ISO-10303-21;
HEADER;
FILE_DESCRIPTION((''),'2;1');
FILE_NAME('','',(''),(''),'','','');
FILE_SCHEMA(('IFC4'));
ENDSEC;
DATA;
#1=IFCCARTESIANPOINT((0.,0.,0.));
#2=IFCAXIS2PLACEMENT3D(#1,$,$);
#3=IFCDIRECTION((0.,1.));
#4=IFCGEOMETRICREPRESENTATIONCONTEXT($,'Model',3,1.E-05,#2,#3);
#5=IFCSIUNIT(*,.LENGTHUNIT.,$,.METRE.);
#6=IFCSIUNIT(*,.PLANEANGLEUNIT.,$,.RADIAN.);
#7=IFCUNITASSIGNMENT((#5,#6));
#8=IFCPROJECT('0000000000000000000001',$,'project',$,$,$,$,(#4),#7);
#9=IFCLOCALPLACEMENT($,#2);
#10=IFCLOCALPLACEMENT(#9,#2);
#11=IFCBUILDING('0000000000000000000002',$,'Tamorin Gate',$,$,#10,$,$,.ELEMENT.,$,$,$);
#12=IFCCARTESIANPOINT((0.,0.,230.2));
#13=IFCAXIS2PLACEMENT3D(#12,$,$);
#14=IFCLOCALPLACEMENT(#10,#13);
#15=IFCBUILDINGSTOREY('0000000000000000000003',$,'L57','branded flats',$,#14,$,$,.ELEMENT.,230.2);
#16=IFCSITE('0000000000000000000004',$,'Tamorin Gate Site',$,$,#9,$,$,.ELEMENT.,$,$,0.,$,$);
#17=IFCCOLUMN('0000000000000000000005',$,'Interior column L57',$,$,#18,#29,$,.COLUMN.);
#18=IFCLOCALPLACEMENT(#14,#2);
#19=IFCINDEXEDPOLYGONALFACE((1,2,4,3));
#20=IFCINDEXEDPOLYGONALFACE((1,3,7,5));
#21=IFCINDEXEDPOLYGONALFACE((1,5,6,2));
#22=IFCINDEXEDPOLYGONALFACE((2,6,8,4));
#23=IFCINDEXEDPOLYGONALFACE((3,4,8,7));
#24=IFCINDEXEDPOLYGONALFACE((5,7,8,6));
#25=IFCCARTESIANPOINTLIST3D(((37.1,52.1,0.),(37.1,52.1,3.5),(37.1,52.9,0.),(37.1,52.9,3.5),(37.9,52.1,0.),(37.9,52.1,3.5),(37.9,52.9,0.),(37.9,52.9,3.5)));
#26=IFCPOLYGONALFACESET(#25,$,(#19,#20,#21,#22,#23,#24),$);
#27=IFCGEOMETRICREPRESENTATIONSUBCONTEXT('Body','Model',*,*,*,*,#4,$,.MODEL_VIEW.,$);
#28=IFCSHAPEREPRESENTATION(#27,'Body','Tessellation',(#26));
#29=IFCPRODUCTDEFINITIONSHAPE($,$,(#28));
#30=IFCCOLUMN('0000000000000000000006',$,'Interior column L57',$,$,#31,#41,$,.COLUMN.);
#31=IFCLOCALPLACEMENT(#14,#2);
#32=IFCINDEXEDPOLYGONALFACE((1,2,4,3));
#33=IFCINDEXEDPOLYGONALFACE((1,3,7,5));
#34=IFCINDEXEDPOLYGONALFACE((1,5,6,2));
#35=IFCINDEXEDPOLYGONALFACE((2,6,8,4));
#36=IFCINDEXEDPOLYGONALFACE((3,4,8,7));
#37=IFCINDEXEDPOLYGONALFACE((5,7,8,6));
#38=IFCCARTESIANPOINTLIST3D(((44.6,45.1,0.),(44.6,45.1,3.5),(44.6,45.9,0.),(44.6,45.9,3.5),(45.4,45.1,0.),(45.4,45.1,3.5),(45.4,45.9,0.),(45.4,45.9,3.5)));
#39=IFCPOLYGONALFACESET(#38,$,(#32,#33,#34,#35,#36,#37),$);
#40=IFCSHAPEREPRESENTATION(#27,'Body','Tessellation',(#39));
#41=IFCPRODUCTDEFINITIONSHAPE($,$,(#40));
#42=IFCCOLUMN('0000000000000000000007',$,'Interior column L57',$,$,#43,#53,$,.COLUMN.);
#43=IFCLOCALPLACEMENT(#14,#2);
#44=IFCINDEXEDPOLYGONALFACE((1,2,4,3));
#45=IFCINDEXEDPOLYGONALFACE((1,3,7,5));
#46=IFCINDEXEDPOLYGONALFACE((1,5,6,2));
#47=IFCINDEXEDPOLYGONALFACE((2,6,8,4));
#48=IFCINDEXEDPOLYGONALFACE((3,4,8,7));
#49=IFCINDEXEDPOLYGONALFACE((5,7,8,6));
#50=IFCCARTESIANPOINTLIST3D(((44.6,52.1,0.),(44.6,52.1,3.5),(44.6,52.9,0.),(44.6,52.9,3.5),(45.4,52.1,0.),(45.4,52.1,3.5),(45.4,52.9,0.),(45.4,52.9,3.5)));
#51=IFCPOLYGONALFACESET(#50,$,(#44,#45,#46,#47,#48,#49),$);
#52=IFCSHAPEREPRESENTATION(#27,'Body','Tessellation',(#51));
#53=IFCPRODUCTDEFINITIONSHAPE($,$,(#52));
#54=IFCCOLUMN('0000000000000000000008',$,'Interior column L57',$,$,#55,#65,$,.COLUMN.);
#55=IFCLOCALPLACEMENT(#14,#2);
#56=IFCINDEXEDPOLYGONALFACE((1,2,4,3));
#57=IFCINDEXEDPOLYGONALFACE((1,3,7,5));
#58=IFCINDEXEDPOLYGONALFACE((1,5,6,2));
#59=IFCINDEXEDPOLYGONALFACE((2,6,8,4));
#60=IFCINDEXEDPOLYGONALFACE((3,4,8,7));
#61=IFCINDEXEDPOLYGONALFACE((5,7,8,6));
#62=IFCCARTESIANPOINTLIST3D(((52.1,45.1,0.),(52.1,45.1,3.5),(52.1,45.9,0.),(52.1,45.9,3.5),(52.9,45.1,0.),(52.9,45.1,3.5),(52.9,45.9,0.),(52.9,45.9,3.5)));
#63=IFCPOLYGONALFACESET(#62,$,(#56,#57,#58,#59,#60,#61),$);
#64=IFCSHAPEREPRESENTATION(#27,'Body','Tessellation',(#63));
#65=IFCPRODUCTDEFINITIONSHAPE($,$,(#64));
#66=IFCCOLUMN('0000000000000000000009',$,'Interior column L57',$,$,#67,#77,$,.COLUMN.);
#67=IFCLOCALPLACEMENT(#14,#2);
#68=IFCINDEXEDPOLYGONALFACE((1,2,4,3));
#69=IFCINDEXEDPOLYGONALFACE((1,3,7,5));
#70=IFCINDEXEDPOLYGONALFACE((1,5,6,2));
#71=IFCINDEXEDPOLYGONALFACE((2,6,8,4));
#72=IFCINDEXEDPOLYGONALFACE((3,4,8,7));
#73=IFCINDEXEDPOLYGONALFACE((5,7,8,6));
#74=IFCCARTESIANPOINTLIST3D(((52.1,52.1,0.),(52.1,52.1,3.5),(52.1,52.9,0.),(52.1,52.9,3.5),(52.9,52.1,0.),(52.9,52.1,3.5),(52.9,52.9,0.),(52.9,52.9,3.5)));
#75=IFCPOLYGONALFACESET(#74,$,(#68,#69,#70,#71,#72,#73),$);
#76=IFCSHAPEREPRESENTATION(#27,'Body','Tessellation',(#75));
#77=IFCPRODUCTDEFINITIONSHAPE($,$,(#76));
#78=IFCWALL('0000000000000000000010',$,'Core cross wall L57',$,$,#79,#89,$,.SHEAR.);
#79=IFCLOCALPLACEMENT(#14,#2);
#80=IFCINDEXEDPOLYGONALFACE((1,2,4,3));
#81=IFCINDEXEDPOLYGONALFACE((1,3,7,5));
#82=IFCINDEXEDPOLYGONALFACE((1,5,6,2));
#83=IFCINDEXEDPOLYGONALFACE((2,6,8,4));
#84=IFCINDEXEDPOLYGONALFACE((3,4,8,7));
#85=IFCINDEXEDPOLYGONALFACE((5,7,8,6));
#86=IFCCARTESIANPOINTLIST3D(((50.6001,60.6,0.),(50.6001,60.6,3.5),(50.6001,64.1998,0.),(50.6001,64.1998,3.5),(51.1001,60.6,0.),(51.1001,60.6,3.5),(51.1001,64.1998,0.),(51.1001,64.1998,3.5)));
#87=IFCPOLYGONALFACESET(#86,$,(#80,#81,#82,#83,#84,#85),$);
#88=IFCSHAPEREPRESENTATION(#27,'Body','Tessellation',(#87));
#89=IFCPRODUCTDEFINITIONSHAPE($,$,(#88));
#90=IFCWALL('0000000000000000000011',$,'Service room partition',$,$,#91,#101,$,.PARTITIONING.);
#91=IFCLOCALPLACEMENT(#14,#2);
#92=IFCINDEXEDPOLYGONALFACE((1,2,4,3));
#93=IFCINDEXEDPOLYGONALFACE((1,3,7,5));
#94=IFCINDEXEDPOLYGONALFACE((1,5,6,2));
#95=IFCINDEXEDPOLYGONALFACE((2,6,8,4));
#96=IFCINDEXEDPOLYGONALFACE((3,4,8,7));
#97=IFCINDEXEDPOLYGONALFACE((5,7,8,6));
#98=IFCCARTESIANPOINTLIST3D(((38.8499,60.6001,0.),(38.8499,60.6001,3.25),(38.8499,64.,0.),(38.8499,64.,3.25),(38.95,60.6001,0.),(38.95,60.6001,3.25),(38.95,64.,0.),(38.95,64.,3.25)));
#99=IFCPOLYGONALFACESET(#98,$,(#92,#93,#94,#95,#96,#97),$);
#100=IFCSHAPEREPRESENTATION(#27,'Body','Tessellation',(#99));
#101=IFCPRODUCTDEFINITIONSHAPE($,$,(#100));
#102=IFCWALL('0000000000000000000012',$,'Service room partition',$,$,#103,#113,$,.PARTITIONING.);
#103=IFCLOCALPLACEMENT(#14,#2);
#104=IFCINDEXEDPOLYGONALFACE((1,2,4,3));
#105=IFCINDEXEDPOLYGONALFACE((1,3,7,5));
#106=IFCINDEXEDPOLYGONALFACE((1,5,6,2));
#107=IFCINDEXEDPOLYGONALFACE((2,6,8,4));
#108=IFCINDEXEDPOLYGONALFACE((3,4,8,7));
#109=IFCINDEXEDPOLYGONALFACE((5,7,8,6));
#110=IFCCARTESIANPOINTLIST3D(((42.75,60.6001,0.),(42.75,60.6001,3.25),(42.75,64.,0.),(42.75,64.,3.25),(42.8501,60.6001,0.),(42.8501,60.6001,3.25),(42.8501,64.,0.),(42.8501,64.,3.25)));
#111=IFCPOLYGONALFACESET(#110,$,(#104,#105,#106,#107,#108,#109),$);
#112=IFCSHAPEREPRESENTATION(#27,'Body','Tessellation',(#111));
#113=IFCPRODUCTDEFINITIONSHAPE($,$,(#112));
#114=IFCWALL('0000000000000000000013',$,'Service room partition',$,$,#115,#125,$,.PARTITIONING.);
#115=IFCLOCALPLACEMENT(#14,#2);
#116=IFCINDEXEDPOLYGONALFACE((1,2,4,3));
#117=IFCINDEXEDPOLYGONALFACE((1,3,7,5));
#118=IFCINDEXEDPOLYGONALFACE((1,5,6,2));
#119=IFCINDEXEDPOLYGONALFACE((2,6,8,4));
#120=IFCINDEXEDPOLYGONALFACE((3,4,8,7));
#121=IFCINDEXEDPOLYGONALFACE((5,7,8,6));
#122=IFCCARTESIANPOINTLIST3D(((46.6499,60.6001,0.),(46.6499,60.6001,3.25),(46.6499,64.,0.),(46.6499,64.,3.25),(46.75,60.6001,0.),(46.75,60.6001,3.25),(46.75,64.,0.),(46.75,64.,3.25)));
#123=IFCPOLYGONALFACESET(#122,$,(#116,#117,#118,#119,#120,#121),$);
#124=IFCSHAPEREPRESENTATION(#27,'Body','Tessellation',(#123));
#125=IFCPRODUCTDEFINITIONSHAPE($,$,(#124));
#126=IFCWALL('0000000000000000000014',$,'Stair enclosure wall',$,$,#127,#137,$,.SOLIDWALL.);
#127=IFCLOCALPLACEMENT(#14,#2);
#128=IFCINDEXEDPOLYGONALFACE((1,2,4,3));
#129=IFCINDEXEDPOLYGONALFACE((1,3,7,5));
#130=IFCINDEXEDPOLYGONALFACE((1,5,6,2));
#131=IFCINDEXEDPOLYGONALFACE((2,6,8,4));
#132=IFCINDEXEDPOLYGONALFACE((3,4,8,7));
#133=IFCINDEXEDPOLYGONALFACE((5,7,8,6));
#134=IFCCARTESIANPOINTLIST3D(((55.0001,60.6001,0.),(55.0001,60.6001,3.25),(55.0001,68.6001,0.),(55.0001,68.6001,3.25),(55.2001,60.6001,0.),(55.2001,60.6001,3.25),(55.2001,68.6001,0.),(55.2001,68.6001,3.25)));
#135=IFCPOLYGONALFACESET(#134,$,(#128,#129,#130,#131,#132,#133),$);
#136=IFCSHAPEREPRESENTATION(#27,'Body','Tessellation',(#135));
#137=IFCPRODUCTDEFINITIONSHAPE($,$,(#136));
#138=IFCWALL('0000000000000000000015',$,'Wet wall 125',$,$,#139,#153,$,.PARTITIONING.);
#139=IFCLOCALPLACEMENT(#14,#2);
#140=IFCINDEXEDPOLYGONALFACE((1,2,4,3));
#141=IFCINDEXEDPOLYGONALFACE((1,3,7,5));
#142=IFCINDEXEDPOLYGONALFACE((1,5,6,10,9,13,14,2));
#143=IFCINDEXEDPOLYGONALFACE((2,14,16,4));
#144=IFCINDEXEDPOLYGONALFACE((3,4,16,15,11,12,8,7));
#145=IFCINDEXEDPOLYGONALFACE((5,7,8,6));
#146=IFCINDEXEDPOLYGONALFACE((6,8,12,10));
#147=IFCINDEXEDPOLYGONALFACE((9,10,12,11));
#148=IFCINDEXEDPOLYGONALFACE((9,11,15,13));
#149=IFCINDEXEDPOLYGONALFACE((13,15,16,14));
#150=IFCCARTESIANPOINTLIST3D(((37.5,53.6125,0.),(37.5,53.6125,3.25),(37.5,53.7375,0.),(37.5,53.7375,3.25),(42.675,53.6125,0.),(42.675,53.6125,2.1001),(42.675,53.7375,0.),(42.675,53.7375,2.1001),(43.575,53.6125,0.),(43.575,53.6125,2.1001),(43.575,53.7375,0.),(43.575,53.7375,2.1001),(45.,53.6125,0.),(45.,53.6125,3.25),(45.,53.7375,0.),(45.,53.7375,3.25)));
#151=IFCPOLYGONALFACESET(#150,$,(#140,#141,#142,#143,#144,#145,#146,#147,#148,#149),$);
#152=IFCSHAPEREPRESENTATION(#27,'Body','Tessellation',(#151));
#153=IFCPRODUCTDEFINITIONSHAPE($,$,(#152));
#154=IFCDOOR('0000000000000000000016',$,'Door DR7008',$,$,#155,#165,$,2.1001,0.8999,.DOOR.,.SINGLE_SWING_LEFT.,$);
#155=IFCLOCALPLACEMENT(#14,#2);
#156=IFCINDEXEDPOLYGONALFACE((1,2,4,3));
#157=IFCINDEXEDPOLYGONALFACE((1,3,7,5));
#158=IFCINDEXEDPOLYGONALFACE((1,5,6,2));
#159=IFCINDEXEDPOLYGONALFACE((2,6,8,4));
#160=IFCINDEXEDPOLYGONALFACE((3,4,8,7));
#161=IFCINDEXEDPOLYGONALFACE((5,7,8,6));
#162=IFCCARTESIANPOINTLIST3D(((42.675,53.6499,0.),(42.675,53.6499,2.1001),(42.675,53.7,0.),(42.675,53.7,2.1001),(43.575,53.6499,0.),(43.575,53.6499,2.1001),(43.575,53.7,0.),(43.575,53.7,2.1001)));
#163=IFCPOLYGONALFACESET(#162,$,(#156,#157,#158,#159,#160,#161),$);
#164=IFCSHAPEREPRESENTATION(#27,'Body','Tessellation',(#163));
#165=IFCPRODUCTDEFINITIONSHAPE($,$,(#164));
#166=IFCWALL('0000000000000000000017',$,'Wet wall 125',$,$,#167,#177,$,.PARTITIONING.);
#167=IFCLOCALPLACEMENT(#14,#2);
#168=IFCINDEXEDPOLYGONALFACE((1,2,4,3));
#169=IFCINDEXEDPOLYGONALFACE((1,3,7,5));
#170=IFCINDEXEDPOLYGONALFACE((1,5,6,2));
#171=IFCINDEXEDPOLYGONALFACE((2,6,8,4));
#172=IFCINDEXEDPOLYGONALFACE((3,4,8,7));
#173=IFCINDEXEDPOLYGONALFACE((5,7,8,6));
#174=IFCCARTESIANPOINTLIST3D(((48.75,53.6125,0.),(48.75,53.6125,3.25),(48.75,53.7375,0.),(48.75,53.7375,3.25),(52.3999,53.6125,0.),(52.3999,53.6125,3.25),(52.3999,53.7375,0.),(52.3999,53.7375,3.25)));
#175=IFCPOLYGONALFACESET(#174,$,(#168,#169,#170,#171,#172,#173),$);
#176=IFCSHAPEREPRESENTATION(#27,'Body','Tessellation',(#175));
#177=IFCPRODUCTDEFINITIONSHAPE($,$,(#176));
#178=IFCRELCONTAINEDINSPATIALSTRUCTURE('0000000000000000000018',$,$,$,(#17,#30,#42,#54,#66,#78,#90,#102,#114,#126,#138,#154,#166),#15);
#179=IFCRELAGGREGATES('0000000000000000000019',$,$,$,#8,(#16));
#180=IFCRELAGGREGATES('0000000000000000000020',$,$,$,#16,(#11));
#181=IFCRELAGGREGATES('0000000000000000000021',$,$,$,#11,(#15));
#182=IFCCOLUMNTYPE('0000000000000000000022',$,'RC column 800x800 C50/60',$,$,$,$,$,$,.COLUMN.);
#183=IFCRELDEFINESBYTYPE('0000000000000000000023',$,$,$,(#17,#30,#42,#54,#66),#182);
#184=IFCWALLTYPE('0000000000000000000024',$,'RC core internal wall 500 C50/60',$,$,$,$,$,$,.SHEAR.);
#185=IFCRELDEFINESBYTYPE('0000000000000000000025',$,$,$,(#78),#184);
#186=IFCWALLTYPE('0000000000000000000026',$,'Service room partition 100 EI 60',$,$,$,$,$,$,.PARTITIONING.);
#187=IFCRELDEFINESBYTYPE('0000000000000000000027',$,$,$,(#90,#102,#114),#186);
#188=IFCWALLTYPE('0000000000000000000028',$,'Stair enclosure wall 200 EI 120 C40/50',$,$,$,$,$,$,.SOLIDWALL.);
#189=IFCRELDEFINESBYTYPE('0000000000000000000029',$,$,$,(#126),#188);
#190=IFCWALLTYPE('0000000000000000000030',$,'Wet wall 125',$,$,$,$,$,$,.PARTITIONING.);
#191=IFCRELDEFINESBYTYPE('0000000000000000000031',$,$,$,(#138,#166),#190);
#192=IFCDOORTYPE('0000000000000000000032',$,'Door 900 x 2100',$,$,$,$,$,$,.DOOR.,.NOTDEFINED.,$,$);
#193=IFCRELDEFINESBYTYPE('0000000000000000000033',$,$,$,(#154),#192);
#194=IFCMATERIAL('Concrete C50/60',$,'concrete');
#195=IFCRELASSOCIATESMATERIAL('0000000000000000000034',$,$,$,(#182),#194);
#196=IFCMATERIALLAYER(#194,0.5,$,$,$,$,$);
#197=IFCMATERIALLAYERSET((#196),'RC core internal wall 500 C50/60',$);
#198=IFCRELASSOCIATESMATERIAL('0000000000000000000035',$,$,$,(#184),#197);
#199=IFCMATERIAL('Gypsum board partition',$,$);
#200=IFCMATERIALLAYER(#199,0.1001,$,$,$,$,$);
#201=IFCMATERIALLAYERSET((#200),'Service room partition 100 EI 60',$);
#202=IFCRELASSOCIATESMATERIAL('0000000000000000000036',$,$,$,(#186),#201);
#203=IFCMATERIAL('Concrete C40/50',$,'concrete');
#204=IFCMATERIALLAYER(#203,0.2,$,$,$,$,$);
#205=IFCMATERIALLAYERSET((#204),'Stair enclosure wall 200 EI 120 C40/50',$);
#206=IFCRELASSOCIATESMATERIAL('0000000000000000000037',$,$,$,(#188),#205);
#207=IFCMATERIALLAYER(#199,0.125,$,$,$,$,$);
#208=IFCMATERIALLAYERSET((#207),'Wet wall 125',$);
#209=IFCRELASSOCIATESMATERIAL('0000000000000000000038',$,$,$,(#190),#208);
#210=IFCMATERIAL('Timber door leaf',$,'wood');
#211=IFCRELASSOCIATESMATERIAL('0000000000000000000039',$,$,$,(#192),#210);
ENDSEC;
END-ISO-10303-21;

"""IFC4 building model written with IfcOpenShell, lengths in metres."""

from ifc_helpers import new_model, si_unit, direction, frame, frame_2d, origin, origin_2d, place, context, subcontext, project, spatial, rectangle, extrude, material, layer, layer_set, material_profile, profile_set, type_object, element, fill, save


model = new_model("IFC4")

# Units and contexts
model_context = context("Model", 3, precision=1e-05, world=origin(), true_north=direction((0.0, 1.0)))
body_context = subcontext(model_context, "Body", "Model", "MODEL_VIEW")
ifc_project = project(units=[si_unit("LENGTHUNIT", "METRE"), si_unit("PLANEANGLEUNIT", "RADIAN")], contexts=[model_context])

# Site, building, storey
site_placement = place(None, origin())
site = spatial("IfcSite", under=ifc_project, at=site_placement, Name="Tamorin Gate Site", CompositionType="ELEMENT", RefElevation=0.0)
building_placement = place(site_placement, origin())
building = spatial("IfcBuilding", under=site, at=building_placement, Name="Tamorin Gate", CompositionType="ELEMENT")
storey_placement = place(building_placement, frame((0.0, 0.0, 230.2)))
storey = spatial("IfcBuildingStorey", under=building, at=storey_placement, Name="L57", Description="branded flats", CompositionType="ELEMENT", Elevation=230.2)

# Columns
ifc_material_1 = material(Name="Concrete C50/60", Category="concrete")
ifc_material_profile = material_profile(ifc_material_1, rectangle(XDim=0.8, YDim=0.8, at=origin_2d()), Name="RC 800x800")
ifc_profile_set = profile_set([ifc_material_profile], Name="Concrete C50/60")
column_type = type_object("IfcColumnType", Name="RC column 800x800 C50/60", PredefinedType="COLUMN", material=ifc_profile_set)
for number, where, z_axis, x_axis, name in (
    (1, (37.5, 52.5, 0.0), (0.0, 0.0, 1.0), (1.0, 0.0, 0.0), "Interior column L57"),
    (2, (45.0, 45.5, 0.0), (0.0, 0.0, 1.0), (1.0, 0.0, 0.0), "Interior column L57"),
    (3, (45.0, 52.5, 0.0), (0.0, 0.0, 1.0), (1.0, 0.0, 0.0), "Interior column L57"),
    (4, (52.5, 45.5, 0.0), (0.0, 0.0, 1.0), (1.0, 0.0, 0.0), "Interior column L57"),
    (5, (52.5, 52.5, 0.0), (0.0, 0.0, 1.0), (1.0, 0.0, 0.0), "Interior column L57"),
):
    element("IfcColumn", number, at=place(storey_placement, frame(where, z_axis=z_axis, x_axis=x_axis)), inside=storey, type_object=column_type, Name=name, PredefinedType="COLUMN", context=body_context, shape_type="SweptSolid", body=[
        extrude(rectangle(XDim=0.8, YDim=0.8, at=origin_2d()), origin(), (0.0, 0.0, 1.0), 3.5),
    ])

# Walls
ifc_layer_1 = layer(ifc_material_1, 0.5)
ifc_layer_set_1 = layer_set([ifc_layer_1], Name="RC core internal wall 500 C50/60")
wall_type_1 = type_object("IfcWallType", Name="RC core internal wall 500 C50/60", PredefinedType="SHEAR", material=ifc_layer_set_1)
wall_1_placement = place(storey_placement, frame((50.8501, 60.6001, 0.0), z_axis=(0.0, 0.0, 1.0), x_axis=(0.0, 1.0, 0.0)))
element("IfcWall", 6, at=wall_1_placement, inside=storey, type_object=wall_type_1, Name="Core cross wall L57", PredefinedType="SHEAR", context=body_context, shape_type="SweptSolid", body=[
    extrude(rectangle(XDim=3.5999, YDim=0.5, at=frame_2d((1.7998, 0.0))), origin(), (0.0, 0.0, 1.0), 3.5),
])
ifc_material_2 = material(Name="Gypsum board partition")
ifc_layer_2 = layer(ifc_material_2, 0.1001)
ifc_layer_set_2 = layer_set([ifc_layer_2], Name="Service room partition 100 EI 60")
wall_type_2 = type_object("IfcWallType", Name="Service room partition 100 EI 60", PredefinedType="PARTITIONING", material=ifc_layer_set_2)
for number, where, z_axis, x_axis, name in (
    (7, (38.8999, 60.6001, 0.0), (0.0, 0.0, 1.0), (0.0, 1.0, 0.0), "Service room partition"),
    (8, (42.8, 60.6001, 0.0), (0.0, 0.0, 1.0), (0.0, 1.0, 0.0), "Service room partition"),
    (9, (46.7, 60.6001, 0.0), (0.0, 0.0, 1.0), (0.0, 1.0, 0.0), "Service room partition"),
):
    element("IfcWall", number, at=place(storey_placement, frame(where, z_axis=z_axis, x_axis=x_axis)), inside=storey, type_object=wall_type_2, Name=name, PredefinedType="PARTITIONING", context=body_context, shape_type="SweptSolid", body=[
        extrude(rectangle(XDim=3.3999, YDim=0.1001, at=frame_2d((1.7, 0.0))), origin(), (0.0, 0.0, 1.0), 3.25),
    ])
ifc_material_3 = material(Name="Concrete C40/50", Category="concrete")
ifc_layer_3 = layer(ifc_material_3, 0.2)
ifc_layer_set_3 = layer_set([ifc_layer_3], Name="Stair enclosure wall 200 EI 120 C40/50")
wall_type_3 = type_object("IfcWallType", Name="Stair enclosure wall 200 EI 120 C40/50", PredefinedType="SOLIDWALL", material=ifc_layer_set_3)
wall_2_placement = place(storey_placement, frame((55.1001, 60.6001, 0.0), z_axis=(0.0, 0.0, 1.0), x_axis=(0.0, 1.0, 0.0)))
element("IfcWall", 10, at=wall_2_placement, inside=storey, type_object=wall_type_3, Name="Stair enclosure wall", PredefinedType="SOLIDWALL", context=body_context, shape_type="SweptSolid", body=[
    extrude(rectangle(XDim=8.0, YDim=0.2, at=frame_2d((4.0, 0.0))), origin(), (0.0, 0.0, 1.0), 3.25),
])

# Wall, opening, door
ifc_layer_4 = layer(ifc_material_2, 0.125)
ifc_layer_set_4 = layer_set([ifc_layer_4], Name="Wet wall 125")
wall_type_4 = type_object("IfcWallType", Name="Wet wall 125", PredefinedType="PARTITIONING", material=ifc_layer_set_4)
wall_3_placement = place(storey_placement, frame((37.5, 53.675, 0.0), z_axis=(0.0, 0.0, 1.0), x_axis=(1.0, 0.0, 0.0)))
wall_3 = element("IfcWall", 11, at=wall_3_placement, inside=storey, type_object=wall_type_4, Name="Wet wall 125", PredefinedType="PARTITIONING", context=body_context, shape_type="SweptSolid", body=[
    extrude(rectangle(XDim=7.5, YDim=0.125, at=frame_2d((3.75, 0.0))), origin(), (0.0, 0.0, 1.0), 3.25),
])
opening_1_placement = place(wall_3_placement, frame((5.175, 0.0, 0.0)))
opening_1 = element("IfcOpeningElement", 12, at=opening_1_placement, cuts=wall_3, PredefinedType="OPENING", context=body_context, shape_type="SweptSolid", body=[
    extrude(rectangle(XDim=0.8999, YDim=2.1001, at=frame_2d((0.45, 1.05))), frame((0.0, 0.0725, 0.0), z_axis=(0.0, -1.0, 0.0), x_axis=(1.0, 0.0, 0.0)), (0.0, 0.0, 1.0), 0.145),
])
ifc_material_4 = material(Name="Timber door leaf", Category="wood")
door_type = type_object("IfcDoorType", Name="Door 900 x 2100", OperationType="NOTDEFINED", PredefinedType="DOOR", material=ifc_material_4)
door_1_placement = place(opening_1_placement, origin())
door_1 = element("IfcDoor", 13, at=door_1_placement, inside=storey, type_object=door_type, Name="Door DR7008", OperationType="SINGLE_SWING_LEFT", OverallHeight=2.1001, OverallWidth=0.8999, PredefinedType="DOOR", context=body_context, shape_type="SweptSolid", body=[
    extrude(rectangle(XDim=0.8999, YDim=2.1001, at=frame_2d((0.45, 1.05))), frame((0.0, 0.0249, 0.0), z_axis=(0.0, -1.0, 0.0), x_axis=(1.0, 0.0, 0.0)), (0.0, 0.0, 1.0), 0.05),
])
fill(opening_1, door_1)

# Wall
wall_4_placement = place(storey_placement, frame((48.75, 53.675, 0.0), z_axis=(0.0, 0.0, 1.0), x_axis=(1.0, 0.0, 0.0)))
element("IfcWall", 14, at=wall_4_placement, inside=storey, type_object=wall_type_4, Name="Wet wall 125", PredefinedType="PARTITIONING", context=body_context, shape_type="SweptSolid", body=[
    extrude(rectangle(XDim=3.6499, YDim=0.125, at=frame_2d((1.825, 0.0))), origin(), (0.0, 0.0, 1.0), 3.25),
])

save(model, "model.ifc")
